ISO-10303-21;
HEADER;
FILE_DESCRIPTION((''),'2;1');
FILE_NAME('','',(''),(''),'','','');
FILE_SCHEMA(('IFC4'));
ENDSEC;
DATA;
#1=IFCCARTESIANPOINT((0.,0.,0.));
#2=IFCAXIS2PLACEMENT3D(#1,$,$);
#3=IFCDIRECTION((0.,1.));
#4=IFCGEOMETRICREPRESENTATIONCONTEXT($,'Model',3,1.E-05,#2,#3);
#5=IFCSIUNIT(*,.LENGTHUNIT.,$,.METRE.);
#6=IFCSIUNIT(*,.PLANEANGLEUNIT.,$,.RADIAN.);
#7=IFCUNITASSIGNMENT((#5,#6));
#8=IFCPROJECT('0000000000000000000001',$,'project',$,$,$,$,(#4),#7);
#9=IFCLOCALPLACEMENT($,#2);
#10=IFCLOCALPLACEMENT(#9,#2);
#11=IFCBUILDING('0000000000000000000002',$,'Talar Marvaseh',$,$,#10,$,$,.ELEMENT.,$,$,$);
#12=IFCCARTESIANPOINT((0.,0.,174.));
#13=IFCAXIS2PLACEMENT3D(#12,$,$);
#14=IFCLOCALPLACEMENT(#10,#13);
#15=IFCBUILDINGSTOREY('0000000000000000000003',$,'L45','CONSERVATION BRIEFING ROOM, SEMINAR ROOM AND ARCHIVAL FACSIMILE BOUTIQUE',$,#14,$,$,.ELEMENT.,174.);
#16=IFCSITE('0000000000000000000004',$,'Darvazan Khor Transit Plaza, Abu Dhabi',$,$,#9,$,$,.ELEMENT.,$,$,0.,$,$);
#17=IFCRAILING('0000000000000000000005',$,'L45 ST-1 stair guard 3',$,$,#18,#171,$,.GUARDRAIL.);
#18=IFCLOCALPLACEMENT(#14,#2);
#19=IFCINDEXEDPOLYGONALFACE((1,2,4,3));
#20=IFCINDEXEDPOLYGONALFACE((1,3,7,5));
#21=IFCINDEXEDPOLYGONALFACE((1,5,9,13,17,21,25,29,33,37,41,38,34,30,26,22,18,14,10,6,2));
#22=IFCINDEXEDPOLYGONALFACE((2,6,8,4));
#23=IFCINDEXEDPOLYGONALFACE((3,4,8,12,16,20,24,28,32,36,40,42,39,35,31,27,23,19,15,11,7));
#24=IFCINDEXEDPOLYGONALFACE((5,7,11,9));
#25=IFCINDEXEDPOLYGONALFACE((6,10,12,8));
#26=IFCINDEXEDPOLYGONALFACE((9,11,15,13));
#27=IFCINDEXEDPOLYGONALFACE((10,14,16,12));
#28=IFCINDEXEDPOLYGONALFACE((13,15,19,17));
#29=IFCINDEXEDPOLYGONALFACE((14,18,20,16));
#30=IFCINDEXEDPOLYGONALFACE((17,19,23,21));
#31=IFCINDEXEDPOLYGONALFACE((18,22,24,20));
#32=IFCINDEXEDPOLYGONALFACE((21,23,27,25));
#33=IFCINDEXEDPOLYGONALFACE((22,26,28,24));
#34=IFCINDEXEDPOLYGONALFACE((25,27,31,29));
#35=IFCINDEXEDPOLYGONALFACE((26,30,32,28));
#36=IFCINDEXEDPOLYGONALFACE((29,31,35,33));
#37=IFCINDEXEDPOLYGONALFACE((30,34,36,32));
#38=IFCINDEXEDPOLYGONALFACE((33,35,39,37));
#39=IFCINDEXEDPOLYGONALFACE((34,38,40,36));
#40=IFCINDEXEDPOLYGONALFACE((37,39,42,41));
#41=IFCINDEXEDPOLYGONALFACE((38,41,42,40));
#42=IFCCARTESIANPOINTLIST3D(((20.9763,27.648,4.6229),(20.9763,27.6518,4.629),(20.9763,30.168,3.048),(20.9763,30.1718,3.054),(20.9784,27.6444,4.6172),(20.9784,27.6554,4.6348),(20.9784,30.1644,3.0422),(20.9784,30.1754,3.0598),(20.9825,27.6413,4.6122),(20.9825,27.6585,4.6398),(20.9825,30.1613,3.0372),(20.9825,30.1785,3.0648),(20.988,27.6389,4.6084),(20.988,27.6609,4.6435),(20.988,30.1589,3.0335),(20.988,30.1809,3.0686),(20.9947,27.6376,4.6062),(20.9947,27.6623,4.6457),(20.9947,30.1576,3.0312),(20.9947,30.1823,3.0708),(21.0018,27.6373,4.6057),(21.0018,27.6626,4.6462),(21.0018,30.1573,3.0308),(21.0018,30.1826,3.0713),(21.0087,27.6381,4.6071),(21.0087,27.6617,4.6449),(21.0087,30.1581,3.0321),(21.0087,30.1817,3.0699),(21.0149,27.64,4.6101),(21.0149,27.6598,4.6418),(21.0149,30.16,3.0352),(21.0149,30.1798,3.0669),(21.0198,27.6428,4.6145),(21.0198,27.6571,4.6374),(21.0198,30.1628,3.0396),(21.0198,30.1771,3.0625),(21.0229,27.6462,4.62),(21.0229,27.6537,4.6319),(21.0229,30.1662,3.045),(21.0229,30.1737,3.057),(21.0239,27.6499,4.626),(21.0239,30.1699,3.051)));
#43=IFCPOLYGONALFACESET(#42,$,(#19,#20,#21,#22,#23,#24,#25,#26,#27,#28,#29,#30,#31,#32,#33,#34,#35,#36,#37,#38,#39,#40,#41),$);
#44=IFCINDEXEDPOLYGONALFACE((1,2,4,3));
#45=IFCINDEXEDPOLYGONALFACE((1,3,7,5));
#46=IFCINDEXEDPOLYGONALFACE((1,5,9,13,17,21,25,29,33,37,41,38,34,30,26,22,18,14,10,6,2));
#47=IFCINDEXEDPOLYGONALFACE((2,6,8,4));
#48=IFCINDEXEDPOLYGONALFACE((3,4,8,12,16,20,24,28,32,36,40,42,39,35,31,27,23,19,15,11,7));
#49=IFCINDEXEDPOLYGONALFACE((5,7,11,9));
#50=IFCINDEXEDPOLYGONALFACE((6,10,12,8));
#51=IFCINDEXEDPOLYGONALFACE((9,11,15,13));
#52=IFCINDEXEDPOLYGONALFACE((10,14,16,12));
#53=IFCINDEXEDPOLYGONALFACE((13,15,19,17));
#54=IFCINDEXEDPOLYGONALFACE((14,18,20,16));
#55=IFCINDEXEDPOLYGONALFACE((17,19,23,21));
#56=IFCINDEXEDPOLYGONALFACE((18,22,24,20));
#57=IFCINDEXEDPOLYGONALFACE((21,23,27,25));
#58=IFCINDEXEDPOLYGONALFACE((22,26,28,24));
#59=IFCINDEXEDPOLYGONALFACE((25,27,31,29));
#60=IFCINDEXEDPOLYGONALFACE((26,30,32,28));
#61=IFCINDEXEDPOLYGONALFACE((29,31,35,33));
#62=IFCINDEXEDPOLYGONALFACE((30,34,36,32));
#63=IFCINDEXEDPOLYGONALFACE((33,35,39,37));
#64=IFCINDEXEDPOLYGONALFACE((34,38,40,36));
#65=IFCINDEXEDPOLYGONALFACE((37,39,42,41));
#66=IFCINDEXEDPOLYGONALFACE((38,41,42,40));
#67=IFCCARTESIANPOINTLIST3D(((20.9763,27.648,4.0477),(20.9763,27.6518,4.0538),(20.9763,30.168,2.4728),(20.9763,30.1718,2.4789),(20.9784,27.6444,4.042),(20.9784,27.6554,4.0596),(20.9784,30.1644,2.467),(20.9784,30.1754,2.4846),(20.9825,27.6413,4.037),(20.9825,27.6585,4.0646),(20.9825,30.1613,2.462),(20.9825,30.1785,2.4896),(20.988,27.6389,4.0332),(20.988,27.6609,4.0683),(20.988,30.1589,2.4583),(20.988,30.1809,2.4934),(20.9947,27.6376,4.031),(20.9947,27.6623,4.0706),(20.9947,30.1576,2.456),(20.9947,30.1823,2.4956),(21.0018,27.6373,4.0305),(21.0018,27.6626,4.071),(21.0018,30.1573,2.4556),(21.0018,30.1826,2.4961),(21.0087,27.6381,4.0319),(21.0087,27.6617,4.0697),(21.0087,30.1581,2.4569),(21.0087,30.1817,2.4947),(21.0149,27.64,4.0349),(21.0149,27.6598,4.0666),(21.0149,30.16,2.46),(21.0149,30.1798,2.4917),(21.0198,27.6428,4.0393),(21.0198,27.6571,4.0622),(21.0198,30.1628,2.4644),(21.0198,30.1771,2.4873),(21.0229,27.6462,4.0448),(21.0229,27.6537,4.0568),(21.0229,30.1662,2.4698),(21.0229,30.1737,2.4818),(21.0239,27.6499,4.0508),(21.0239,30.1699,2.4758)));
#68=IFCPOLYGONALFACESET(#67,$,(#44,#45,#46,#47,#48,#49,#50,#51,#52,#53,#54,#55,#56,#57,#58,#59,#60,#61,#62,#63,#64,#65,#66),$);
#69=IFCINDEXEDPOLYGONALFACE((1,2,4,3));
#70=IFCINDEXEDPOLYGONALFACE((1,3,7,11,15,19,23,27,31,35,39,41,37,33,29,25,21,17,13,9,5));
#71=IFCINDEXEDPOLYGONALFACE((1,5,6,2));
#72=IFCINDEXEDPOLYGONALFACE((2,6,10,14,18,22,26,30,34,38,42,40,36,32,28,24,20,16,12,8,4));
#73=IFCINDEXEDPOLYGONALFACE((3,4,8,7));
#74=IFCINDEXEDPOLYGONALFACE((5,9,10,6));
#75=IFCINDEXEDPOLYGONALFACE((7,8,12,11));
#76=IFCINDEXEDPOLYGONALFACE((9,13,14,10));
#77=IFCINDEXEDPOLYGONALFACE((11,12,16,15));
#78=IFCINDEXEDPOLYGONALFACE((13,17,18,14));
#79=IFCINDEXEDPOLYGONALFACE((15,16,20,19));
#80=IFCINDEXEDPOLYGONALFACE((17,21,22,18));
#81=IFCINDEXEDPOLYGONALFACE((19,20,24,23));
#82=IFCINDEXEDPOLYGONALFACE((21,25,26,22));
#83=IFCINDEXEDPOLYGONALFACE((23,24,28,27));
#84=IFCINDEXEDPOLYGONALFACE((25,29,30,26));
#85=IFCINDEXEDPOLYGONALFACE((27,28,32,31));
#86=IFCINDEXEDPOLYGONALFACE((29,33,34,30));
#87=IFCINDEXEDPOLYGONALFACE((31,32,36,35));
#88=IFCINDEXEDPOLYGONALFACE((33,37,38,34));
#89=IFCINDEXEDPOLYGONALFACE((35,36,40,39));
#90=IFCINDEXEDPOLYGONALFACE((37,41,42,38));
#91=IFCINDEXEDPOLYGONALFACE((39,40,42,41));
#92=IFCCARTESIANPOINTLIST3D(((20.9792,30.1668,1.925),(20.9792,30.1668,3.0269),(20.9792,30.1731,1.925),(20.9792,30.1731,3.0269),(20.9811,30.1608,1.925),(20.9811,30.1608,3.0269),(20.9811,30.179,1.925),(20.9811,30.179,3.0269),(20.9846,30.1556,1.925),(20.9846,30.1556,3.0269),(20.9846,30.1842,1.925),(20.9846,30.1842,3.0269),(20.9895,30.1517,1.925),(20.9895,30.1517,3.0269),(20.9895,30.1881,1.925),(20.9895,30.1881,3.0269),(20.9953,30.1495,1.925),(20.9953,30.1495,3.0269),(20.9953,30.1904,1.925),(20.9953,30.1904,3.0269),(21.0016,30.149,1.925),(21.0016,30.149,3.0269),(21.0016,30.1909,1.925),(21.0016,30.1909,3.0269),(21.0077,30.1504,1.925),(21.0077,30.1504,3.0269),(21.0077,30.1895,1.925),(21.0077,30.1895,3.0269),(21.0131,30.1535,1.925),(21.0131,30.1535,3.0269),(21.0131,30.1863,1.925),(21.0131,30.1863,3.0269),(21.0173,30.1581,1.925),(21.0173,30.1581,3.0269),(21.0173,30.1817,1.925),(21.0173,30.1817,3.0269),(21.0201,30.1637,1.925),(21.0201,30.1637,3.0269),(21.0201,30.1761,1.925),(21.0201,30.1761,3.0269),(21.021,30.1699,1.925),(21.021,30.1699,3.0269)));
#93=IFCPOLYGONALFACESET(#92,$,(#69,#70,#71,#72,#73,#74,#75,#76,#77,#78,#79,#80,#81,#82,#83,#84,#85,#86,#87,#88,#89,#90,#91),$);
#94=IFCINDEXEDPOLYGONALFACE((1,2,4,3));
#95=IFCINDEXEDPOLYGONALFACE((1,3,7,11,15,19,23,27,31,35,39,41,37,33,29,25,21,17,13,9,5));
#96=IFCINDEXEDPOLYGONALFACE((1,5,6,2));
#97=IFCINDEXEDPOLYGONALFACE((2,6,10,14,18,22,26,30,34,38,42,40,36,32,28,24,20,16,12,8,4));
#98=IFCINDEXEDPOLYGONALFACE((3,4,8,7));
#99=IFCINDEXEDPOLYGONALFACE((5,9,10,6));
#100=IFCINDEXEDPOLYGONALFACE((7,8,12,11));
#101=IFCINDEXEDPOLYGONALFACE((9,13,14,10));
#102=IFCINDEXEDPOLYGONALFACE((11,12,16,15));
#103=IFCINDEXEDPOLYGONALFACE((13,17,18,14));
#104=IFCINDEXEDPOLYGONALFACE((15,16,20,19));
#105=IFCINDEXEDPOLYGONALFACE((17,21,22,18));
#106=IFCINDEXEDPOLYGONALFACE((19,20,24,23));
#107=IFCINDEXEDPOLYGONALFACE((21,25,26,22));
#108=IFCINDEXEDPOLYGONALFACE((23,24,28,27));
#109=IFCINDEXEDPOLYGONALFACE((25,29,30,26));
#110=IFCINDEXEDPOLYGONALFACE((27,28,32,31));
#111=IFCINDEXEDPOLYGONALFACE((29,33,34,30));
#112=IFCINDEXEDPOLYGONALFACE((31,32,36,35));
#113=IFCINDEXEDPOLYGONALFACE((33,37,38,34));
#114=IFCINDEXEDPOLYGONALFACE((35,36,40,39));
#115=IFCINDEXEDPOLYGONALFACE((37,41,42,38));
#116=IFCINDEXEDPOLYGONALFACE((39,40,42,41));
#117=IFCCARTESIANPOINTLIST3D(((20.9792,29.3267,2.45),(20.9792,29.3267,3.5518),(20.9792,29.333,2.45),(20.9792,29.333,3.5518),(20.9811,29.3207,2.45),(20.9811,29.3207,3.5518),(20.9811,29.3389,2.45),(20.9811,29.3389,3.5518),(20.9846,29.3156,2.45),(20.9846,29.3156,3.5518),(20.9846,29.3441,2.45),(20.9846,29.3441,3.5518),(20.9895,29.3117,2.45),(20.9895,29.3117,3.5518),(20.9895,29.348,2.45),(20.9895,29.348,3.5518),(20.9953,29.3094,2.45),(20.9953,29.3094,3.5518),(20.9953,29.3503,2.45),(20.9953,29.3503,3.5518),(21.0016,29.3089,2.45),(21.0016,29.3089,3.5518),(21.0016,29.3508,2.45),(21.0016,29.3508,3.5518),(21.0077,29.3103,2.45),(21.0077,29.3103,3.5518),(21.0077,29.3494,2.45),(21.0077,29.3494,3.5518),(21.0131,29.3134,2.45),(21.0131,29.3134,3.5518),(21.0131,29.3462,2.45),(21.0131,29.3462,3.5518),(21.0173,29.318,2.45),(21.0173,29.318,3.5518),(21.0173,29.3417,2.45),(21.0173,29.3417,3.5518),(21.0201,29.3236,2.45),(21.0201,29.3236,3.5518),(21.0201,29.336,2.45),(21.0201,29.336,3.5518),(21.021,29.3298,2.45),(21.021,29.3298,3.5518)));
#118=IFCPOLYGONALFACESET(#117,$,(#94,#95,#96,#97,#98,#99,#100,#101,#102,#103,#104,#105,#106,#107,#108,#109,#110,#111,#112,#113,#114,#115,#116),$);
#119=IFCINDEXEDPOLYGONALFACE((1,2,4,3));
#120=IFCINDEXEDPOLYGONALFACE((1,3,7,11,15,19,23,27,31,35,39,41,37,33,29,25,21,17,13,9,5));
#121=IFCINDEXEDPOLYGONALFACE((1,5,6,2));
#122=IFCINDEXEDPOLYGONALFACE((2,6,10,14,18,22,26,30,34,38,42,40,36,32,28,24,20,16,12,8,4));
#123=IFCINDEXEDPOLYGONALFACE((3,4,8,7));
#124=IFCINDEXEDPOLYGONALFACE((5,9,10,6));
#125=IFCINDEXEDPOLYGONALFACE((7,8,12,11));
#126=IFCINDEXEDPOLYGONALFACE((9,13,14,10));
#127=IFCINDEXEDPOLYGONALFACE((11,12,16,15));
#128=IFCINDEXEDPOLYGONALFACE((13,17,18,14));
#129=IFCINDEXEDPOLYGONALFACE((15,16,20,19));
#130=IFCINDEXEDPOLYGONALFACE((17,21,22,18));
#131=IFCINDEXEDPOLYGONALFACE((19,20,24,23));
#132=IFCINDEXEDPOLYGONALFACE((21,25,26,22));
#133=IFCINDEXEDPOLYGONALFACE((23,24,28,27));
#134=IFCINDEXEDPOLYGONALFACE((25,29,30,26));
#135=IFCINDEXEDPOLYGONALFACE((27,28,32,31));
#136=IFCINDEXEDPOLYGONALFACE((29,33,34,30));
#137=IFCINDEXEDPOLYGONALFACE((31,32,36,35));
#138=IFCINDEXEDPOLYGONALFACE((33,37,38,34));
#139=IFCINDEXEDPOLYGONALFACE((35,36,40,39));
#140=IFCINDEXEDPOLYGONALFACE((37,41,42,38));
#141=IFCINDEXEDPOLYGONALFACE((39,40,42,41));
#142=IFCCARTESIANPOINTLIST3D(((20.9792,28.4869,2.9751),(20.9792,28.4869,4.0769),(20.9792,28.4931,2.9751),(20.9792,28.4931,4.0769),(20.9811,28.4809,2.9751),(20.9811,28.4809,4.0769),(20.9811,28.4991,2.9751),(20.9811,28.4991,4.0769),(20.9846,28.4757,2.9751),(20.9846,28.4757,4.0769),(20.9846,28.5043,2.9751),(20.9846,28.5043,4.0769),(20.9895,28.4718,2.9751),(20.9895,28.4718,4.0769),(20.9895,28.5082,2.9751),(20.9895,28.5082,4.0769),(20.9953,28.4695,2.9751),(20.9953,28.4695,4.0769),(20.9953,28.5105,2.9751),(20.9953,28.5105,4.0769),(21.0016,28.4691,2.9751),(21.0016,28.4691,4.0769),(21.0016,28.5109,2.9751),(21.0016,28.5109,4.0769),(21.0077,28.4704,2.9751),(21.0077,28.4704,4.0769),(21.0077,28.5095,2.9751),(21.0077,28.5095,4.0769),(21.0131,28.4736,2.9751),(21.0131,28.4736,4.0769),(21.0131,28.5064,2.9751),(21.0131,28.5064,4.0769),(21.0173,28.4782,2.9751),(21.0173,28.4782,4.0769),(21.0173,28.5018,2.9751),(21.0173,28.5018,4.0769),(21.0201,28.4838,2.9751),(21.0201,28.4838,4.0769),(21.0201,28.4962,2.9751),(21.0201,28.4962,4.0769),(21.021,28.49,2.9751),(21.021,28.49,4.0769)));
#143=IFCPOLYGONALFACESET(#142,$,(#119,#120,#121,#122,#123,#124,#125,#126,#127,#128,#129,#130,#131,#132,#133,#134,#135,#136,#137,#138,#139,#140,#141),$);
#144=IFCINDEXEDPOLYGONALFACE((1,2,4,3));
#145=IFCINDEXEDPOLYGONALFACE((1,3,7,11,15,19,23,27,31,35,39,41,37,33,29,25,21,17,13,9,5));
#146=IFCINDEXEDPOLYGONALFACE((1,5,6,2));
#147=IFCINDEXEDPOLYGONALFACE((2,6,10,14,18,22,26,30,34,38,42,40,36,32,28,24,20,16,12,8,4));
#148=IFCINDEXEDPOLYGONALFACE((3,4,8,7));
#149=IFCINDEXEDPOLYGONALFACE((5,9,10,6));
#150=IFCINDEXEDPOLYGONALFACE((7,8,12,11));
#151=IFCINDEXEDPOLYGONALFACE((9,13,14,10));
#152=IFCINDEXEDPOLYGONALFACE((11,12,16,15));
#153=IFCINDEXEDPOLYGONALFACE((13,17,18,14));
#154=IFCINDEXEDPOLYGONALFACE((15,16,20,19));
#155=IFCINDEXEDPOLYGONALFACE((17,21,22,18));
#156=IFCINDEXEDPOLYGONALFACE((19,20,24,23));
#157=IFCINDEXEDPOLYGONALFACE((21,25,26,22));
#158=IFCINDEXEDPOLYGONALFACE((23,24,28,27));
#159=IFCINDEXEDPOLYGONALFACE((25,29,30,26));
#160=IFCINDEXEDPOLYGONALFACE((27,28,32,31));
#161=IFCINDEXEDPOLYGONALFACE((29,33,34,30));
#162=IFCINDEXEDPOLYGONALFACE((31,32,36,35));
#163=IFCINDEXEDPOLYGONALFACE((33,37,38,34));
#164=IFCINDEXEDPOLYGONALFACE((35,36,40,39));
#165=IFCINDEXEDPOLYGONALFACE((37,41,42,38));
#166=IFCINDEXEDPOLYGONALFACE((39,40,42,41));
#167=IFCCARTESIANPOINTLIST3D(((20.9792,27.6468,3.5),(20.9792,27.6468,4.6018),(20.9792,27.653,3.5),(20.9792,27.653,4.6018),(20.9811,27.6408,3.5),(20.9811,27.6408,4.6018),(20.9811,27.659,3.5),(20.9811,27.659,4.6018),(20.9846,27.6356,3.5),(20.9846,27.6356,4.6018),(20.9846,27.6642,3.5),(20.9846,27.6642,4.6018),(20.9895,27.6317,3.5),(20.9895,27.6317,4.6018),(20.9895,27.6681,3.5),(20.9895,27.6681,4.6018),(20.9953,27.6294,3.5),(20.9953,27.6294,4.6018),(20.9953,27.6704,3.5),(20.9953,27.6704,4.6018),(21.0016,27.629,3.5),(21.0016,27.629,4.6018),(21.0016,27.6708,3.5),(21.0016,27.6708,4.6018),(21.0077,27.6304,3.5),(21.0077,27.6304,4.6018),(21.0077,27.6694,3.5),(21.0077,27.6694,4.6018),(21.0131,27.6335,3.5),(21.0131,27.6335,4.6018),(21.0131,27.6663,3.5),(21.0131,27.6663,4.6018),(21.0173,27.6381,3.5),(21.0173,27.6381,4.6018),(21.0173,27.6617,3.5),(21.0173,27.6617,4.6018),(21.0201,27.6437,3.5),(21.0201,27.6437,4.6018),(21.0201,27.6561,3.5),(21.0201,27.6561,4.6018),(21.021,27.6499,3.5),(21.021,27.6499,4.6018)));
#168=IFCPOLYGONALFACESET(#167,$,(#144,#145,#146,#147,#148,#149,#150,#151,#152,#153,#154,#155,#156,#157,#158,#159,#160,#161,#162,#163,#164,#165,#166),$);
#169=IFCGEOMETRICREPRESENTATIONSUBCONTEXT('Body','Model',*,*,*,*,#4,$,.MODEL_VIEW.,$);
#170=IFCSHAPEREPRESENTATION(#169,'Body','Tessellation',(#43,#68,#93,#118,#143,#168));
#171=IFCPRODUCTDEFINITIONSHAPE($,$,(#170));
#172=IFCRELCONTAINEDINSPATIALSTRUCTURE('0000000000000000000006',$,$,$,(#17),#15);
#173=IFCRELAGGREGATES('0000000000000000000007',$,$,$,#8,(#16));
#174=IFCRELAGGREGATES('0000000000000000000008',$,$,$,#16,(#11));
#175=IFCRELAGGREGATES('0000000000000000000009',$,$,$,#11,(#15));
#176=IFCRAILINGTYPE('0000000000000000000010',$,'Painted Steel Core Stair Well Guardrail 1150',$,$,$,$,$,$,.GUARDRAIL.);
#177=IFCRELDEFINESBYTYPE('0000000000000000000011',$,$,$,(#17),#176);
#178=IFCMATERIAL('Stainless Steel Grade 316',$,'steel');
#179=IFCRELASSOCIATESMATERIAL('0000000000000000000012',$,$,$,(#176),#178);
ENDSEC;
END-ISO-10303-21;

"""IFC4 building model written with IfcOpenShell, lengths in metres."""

from ifc_helpers import new_model, si_unit, direction, frame, origin, origin_2d, place, context, subcontext, project, spatial, circle, extrude, material, type_object, element, save


model = new_model("IFC4")

# Units and contexts
model_context = context("Model", 3, precision=1e-05, world=origin(), true_north=direction((0.0, 1.0)))
body_context = subcontext(model_context, "Body", "Model", "MODEL_VIEW")
ifc_project = project(units=[si_unit("LENGTHUNIT", "METRE"), si_unit("PLANEANGLEUNIT", "RADIAN")], contexts=[model_context])

# Site, building, storey
site_placement = place(None, origin())
site = spatial("IfcSite", under=ifc_project, at=site_placement, Name="Darvazan Khor Transit Plaza, Abu Dhabi", CompositionType="ELEMENT", RefElevation=0.0)
building_placement = place(site_placement, origin())
building = spatial("IfcBuilding", under=site, at=building_placement, Name="Talar Marvaseh", CompositionType="ELEMENT")
storey_placement = place(building_placement, frame((0.0, 0.0, 174.0)))
storey = spatial("IfcBuildingStorey", under=building, at=storey_placement, Name="L45", Description="CONSERVATION BRIEFING ROOM, SEMINAR ROOM AND ARCHIVAL FACSIMILE BOUTIQUE", CompositionType="ELEMENT", Elevation=174.0)

# Railing
ifc_material_1 = material(Name="Stainless Steel Grade 316", Category="steel")
railing_type_1 = type_object("IfcRailingType", Name="Painted Steel Core Stair Well Guardrail 1150", PredefinedType="GUARDRAIL", material=ifc_material_1)
railing_1_placement = place(storey_placement, frame((21.0, 30.1699, 1.925)))
element("IfcRailing", 1, at=railing_1_placement, inside=storey, type_object=railing_type_1, Name="L45 ST-1 stair guard 3", PredefinedType="GUARDRAIL", context=body_context, shape_type="SweptSolid", body=[
    extrude(circle(Radius=0.0239, at=origin_2d()), frame((0.0, 0.0, 1.126), z_axis=(0.0, -0.848008, 0.529984), x_axis=(1.0, 0.0, 0.0)), (0.0, 0.0, 1.0), 2.9717),
    extrude(circle(Radius=0.0239, at=origin_2d()), frame((0.0, 0.0, 0.5508), z_axis=(0.0, -0.848008, 0.529984), x_axis=(1.0, 0.0, 0.0)), (0.0, 0.0, 1.0), 2.9717),
    extrude(circle(Radius=0.021, at=origin_2d()), origin(), (0.0, 0.0, 1.0), 1.1018),
    extrude(circle(Radius=0.021, at=origin_2d()), frame((0.0, -0.8401, 0.5249)), (0.0, 0.0, 1.0), 1.1018),
    extrude(circle(Radius=0.021, at=origin_2d()), frame((0.0, -1.6799, 1.05)), (0.0, 0.0, 1.0), 1.1018),
    extrude(circle(Radius=0.021, at=origin_2d()), frame((0.0, -2.52, 1.575)), (0.0, 0.0, 1.0), 1.1018),
])

save(model, "model.ifc")
